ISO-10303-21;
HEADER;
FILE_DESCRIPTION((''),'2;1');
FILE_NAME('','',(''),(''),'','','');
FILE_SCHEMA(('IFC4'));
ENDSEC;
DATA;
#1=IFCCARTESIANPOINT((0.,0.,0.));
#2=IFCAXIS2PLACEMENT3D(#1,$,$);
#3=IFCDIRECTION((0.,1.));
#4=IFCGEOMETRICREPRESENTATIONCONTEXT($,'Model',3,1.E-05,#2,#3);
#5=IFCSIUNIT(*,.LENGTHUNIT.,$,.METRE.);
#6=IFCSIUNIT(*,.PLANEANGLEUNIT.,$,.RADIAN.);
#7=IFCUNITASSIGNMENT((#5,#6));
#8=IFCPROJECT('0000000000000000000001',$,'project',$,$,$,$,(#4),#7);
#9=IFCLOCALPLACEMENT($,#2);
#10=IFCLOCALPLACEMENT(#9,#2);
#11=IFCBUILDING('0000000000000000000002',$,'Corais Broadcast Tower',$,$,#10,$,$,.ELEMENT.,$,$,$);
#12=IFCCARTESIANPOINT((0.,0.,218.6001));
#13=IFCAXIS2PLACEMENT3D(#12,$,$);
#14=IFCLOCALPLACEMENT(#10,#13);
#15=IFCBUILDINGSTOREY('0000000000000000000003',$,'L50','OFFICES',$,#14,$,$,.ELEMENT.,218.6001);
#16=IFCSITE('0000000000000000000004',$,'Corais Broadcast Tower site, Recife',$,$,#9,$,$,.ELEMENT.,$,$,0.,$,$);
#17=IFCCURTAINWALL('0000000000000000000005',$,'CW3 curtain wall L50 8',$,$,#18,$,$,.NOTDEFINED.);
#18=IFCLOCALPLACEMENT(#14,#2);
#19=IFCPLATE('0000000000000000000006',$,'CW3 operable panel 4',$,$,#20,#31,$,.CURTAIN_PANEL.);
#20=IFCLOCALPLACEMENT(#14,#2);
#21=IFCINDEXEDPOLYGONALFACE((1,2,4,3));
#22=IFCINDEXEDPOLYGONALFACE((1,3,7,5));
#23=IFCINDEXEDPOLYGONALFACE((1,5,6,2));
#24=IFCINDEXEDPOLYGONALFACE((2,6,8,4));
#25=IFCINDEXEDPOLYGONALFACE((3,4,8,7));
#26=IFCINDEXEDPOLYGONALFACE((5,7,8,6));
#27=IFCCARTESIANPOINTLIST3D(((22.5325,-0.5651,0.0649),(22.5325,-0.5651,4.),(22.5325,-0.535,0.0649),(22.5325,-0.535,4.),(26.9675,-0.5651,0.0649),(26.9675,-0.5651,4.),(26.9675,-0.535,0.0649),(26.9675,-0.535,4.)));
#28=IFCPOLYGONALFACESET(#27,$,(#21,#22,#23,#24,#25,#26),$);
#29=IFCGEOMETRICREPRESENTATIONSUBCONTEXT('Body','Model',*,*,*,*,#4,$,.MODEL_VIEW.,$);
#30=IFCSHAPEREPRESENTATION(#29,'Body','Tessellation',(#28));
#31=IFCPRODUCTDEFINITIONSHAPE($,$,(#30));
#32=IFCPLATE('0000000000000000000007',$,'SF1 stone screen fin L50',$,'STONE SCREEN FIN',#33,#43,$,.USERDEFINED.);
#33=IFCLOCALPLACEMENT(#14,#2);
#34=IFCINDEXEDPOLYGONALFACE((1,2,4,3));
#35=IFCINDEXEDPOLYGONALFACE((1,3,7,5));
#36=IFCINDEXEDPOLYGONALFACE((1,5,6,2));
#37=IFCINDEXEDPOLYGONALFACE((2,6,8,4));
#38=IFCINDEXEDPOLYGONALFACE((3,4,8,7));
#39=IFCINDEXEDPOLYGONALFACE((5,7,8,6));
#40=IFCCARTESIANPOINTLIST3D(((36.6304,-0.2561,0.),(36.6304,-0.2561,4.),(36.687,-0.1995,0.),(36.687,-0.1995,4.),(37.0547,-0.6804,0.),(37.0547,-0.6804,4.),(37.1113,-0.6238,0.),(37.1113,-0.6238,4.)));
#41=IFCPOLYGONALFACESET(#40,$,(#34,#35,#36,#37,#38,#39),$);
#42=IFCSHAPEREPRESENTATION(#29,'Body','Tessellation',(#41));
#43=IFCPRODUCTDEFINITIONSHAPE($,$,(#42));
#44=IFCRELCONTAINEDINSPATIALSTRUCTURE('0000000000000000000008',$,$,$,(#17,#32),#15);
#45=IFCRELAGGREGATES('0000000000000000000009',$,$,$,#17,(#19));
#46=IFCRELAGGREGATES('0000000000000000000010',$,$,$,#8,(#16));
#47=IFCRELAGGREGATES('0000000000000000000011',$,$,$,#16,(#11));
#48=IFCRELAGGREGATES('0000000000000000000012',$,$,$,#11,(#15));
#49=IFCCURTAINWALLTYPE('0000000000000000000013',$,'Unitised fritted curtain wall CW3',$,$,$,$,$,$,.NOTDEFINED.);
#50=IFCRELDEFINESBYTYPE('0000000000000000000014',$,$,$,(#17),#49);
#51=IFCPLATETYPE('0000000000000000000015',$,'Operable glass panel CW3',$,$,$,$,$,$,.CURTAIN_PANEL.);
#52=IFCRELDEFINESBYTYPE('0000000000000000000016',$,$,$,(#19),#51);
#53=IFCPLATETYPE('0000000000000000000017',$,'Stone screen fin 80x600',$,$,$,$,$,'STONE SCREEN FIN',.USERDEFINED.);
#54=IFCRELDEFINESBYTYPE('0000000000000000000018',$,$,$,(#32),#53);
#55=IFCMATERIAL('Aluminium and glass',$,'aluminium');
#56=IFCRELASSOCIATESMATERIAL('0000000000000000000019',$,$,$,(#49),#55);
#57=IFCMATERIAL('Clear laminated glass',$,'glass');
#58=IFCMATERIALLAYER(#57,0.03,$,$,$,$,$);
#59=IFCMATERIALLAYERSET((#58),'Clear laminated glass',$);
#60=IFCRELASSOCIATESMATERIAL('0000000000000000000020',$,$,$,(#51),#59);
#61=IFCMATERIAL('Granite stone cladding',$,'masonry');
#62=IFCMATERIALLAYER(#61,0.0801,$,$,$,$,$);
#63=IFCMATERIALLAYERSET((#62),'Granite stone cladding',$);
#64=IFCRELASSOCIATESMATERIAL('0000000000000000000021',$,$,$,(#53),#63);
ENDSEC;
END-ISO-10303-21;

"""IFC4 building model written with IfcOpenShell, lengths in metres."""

from ifc_helpers import new_model, si_unit, direction, frame, origin, origin_2d, place, context, subcontext, project, spatial, rectangle, extrude, material, layer, layer_set, type_object, element, aggregate, save


model = new_model("IFC4")

# Units and contexts
model_context = context("Model", 3, precision=1e-05, world=origin(), true_north=direction((0.0, 1.0)))
body_context = subcontext(model_context, "Body", "Model", "MODEL_VIEW")
ifc_project = project(units=[si_unit("LENGTHUNIT", "METRE"), si_unit("PLANEANGLEUNIT", "RADIAN")], contexts=[model_context])

# Site, building, storey
site_placement = place(None, origin())
site = spatial("IfcSite", under=ifc_project, at=site_placement, Name="Corais Broadcast Tower site, Recife", CompositionType="ELEMENT", RefElevation=0.0)
building_placement = place(site_placement, origin())
building = spatial("IfcBuilding", under=site, at=building_placement, Name="Corais Broadcast Tower", CompositionType="ELEMENT")
storey_placement = place(building_placement, frame((0.0, 0.0, 218.6001)))
storey = spatial("IfcBuildingStorey", under=building, at=storey_placement, Name="L50", Description="OFFICES", CompositionType="ELEMENT", Elevation=218.6001)

# Curtain wall
ifc_material_1 = material(Name="Aluminium and glass", Category="aluminium")
curtain_wall_type = type_object("IfcCurtainWallType", Name="Unitised fritted curtain wall CW3", PredefinedType="NOTDEFINED", material=ifc_material_1)
curtain_wall_1_placement = place(storey_placement, origin())
curtain_wall_1 = element("IfcCurtainWall", 1, at=curtain_wall_1_placement, inside=storey, type_object=curtain_wall_type, Name="CW3 curtain wall L50 8", PredefinedType="NOTDEFINED")

# Plates
ifc_material_2 = material(Name="Clear laminated glass", Category="glass")
ifc_layer_1 = layer(ifc_material_2, 0.03)
ifc_layer_set_1 = layer_set([ifc_layer_1], Name="Clear laminated glass")
plate_type_1 = type_object("IfcPlateType", Name="Operable glass panel CW3", PredefinedType="CURTAIN_PANEL", material=ifc_layer_set_1)
plate_1_placement = place(storey_placement, frame((24.75, -0.55, 0.0649), z_axis=(0.0, 0.0, 1.0), x_axis=(-1.0, 0.0, 0.0)))
plate_1 = element("IfcPlate", 2, at=plate_1_placement, type_object=plate_type_1, Name="CW3 operable panel 4", PredefinedType="CURTAIN_PANEL", context=body_context, shape_type="SweptSolid", body=[
    extrude(rectangle(XDim=4.4351, YDim=0.03, at=origin_2d()), origin(), (0.0, 0.0, 1.0), 3.9351),
])
aggregate(curtain_wall_1, [plate_1])
ifc_material_3 = material(Name="Granite stone cladding", Category="masonry")
ifc_layer_2 = layer(ifc_material_3, 0.0801)
ifc_layer_set_2 = layer_set([ifc_layer_2], Name="Granite stone cladding")
plate_type_2 = type_object("IfcPlateType", Name="Stone screen fin 80x600", ElementType="STONE SCREEN FIN", PredefinedType="USERDEFINED", material=ifc_layer_set_2)
plate_2_placement = place(storey_placement, frame((36.8708, -0.4399, 0.0), z_axis=(0.0, 0.0, 1.0), x_axis=(-0.707107, -0.707107, 0.0)))
element("IfcPlate", 3, at=plate_2_placement, inside=storey, type_object=plate_type_2, Name="SF1 stone screen fin L50", ObjectType="STONE SCREEN FIN", PredefinedType="USERDEFINED", context=body_context, shape_type="SweptSolid", body=[
    extrude(rectangle(XDim=0.0801, YDim=0.6001, at=origin_2d()), origin(), (0.0, 0.0, 1.0), 4.0),
])

save(model, "model.ifc")
